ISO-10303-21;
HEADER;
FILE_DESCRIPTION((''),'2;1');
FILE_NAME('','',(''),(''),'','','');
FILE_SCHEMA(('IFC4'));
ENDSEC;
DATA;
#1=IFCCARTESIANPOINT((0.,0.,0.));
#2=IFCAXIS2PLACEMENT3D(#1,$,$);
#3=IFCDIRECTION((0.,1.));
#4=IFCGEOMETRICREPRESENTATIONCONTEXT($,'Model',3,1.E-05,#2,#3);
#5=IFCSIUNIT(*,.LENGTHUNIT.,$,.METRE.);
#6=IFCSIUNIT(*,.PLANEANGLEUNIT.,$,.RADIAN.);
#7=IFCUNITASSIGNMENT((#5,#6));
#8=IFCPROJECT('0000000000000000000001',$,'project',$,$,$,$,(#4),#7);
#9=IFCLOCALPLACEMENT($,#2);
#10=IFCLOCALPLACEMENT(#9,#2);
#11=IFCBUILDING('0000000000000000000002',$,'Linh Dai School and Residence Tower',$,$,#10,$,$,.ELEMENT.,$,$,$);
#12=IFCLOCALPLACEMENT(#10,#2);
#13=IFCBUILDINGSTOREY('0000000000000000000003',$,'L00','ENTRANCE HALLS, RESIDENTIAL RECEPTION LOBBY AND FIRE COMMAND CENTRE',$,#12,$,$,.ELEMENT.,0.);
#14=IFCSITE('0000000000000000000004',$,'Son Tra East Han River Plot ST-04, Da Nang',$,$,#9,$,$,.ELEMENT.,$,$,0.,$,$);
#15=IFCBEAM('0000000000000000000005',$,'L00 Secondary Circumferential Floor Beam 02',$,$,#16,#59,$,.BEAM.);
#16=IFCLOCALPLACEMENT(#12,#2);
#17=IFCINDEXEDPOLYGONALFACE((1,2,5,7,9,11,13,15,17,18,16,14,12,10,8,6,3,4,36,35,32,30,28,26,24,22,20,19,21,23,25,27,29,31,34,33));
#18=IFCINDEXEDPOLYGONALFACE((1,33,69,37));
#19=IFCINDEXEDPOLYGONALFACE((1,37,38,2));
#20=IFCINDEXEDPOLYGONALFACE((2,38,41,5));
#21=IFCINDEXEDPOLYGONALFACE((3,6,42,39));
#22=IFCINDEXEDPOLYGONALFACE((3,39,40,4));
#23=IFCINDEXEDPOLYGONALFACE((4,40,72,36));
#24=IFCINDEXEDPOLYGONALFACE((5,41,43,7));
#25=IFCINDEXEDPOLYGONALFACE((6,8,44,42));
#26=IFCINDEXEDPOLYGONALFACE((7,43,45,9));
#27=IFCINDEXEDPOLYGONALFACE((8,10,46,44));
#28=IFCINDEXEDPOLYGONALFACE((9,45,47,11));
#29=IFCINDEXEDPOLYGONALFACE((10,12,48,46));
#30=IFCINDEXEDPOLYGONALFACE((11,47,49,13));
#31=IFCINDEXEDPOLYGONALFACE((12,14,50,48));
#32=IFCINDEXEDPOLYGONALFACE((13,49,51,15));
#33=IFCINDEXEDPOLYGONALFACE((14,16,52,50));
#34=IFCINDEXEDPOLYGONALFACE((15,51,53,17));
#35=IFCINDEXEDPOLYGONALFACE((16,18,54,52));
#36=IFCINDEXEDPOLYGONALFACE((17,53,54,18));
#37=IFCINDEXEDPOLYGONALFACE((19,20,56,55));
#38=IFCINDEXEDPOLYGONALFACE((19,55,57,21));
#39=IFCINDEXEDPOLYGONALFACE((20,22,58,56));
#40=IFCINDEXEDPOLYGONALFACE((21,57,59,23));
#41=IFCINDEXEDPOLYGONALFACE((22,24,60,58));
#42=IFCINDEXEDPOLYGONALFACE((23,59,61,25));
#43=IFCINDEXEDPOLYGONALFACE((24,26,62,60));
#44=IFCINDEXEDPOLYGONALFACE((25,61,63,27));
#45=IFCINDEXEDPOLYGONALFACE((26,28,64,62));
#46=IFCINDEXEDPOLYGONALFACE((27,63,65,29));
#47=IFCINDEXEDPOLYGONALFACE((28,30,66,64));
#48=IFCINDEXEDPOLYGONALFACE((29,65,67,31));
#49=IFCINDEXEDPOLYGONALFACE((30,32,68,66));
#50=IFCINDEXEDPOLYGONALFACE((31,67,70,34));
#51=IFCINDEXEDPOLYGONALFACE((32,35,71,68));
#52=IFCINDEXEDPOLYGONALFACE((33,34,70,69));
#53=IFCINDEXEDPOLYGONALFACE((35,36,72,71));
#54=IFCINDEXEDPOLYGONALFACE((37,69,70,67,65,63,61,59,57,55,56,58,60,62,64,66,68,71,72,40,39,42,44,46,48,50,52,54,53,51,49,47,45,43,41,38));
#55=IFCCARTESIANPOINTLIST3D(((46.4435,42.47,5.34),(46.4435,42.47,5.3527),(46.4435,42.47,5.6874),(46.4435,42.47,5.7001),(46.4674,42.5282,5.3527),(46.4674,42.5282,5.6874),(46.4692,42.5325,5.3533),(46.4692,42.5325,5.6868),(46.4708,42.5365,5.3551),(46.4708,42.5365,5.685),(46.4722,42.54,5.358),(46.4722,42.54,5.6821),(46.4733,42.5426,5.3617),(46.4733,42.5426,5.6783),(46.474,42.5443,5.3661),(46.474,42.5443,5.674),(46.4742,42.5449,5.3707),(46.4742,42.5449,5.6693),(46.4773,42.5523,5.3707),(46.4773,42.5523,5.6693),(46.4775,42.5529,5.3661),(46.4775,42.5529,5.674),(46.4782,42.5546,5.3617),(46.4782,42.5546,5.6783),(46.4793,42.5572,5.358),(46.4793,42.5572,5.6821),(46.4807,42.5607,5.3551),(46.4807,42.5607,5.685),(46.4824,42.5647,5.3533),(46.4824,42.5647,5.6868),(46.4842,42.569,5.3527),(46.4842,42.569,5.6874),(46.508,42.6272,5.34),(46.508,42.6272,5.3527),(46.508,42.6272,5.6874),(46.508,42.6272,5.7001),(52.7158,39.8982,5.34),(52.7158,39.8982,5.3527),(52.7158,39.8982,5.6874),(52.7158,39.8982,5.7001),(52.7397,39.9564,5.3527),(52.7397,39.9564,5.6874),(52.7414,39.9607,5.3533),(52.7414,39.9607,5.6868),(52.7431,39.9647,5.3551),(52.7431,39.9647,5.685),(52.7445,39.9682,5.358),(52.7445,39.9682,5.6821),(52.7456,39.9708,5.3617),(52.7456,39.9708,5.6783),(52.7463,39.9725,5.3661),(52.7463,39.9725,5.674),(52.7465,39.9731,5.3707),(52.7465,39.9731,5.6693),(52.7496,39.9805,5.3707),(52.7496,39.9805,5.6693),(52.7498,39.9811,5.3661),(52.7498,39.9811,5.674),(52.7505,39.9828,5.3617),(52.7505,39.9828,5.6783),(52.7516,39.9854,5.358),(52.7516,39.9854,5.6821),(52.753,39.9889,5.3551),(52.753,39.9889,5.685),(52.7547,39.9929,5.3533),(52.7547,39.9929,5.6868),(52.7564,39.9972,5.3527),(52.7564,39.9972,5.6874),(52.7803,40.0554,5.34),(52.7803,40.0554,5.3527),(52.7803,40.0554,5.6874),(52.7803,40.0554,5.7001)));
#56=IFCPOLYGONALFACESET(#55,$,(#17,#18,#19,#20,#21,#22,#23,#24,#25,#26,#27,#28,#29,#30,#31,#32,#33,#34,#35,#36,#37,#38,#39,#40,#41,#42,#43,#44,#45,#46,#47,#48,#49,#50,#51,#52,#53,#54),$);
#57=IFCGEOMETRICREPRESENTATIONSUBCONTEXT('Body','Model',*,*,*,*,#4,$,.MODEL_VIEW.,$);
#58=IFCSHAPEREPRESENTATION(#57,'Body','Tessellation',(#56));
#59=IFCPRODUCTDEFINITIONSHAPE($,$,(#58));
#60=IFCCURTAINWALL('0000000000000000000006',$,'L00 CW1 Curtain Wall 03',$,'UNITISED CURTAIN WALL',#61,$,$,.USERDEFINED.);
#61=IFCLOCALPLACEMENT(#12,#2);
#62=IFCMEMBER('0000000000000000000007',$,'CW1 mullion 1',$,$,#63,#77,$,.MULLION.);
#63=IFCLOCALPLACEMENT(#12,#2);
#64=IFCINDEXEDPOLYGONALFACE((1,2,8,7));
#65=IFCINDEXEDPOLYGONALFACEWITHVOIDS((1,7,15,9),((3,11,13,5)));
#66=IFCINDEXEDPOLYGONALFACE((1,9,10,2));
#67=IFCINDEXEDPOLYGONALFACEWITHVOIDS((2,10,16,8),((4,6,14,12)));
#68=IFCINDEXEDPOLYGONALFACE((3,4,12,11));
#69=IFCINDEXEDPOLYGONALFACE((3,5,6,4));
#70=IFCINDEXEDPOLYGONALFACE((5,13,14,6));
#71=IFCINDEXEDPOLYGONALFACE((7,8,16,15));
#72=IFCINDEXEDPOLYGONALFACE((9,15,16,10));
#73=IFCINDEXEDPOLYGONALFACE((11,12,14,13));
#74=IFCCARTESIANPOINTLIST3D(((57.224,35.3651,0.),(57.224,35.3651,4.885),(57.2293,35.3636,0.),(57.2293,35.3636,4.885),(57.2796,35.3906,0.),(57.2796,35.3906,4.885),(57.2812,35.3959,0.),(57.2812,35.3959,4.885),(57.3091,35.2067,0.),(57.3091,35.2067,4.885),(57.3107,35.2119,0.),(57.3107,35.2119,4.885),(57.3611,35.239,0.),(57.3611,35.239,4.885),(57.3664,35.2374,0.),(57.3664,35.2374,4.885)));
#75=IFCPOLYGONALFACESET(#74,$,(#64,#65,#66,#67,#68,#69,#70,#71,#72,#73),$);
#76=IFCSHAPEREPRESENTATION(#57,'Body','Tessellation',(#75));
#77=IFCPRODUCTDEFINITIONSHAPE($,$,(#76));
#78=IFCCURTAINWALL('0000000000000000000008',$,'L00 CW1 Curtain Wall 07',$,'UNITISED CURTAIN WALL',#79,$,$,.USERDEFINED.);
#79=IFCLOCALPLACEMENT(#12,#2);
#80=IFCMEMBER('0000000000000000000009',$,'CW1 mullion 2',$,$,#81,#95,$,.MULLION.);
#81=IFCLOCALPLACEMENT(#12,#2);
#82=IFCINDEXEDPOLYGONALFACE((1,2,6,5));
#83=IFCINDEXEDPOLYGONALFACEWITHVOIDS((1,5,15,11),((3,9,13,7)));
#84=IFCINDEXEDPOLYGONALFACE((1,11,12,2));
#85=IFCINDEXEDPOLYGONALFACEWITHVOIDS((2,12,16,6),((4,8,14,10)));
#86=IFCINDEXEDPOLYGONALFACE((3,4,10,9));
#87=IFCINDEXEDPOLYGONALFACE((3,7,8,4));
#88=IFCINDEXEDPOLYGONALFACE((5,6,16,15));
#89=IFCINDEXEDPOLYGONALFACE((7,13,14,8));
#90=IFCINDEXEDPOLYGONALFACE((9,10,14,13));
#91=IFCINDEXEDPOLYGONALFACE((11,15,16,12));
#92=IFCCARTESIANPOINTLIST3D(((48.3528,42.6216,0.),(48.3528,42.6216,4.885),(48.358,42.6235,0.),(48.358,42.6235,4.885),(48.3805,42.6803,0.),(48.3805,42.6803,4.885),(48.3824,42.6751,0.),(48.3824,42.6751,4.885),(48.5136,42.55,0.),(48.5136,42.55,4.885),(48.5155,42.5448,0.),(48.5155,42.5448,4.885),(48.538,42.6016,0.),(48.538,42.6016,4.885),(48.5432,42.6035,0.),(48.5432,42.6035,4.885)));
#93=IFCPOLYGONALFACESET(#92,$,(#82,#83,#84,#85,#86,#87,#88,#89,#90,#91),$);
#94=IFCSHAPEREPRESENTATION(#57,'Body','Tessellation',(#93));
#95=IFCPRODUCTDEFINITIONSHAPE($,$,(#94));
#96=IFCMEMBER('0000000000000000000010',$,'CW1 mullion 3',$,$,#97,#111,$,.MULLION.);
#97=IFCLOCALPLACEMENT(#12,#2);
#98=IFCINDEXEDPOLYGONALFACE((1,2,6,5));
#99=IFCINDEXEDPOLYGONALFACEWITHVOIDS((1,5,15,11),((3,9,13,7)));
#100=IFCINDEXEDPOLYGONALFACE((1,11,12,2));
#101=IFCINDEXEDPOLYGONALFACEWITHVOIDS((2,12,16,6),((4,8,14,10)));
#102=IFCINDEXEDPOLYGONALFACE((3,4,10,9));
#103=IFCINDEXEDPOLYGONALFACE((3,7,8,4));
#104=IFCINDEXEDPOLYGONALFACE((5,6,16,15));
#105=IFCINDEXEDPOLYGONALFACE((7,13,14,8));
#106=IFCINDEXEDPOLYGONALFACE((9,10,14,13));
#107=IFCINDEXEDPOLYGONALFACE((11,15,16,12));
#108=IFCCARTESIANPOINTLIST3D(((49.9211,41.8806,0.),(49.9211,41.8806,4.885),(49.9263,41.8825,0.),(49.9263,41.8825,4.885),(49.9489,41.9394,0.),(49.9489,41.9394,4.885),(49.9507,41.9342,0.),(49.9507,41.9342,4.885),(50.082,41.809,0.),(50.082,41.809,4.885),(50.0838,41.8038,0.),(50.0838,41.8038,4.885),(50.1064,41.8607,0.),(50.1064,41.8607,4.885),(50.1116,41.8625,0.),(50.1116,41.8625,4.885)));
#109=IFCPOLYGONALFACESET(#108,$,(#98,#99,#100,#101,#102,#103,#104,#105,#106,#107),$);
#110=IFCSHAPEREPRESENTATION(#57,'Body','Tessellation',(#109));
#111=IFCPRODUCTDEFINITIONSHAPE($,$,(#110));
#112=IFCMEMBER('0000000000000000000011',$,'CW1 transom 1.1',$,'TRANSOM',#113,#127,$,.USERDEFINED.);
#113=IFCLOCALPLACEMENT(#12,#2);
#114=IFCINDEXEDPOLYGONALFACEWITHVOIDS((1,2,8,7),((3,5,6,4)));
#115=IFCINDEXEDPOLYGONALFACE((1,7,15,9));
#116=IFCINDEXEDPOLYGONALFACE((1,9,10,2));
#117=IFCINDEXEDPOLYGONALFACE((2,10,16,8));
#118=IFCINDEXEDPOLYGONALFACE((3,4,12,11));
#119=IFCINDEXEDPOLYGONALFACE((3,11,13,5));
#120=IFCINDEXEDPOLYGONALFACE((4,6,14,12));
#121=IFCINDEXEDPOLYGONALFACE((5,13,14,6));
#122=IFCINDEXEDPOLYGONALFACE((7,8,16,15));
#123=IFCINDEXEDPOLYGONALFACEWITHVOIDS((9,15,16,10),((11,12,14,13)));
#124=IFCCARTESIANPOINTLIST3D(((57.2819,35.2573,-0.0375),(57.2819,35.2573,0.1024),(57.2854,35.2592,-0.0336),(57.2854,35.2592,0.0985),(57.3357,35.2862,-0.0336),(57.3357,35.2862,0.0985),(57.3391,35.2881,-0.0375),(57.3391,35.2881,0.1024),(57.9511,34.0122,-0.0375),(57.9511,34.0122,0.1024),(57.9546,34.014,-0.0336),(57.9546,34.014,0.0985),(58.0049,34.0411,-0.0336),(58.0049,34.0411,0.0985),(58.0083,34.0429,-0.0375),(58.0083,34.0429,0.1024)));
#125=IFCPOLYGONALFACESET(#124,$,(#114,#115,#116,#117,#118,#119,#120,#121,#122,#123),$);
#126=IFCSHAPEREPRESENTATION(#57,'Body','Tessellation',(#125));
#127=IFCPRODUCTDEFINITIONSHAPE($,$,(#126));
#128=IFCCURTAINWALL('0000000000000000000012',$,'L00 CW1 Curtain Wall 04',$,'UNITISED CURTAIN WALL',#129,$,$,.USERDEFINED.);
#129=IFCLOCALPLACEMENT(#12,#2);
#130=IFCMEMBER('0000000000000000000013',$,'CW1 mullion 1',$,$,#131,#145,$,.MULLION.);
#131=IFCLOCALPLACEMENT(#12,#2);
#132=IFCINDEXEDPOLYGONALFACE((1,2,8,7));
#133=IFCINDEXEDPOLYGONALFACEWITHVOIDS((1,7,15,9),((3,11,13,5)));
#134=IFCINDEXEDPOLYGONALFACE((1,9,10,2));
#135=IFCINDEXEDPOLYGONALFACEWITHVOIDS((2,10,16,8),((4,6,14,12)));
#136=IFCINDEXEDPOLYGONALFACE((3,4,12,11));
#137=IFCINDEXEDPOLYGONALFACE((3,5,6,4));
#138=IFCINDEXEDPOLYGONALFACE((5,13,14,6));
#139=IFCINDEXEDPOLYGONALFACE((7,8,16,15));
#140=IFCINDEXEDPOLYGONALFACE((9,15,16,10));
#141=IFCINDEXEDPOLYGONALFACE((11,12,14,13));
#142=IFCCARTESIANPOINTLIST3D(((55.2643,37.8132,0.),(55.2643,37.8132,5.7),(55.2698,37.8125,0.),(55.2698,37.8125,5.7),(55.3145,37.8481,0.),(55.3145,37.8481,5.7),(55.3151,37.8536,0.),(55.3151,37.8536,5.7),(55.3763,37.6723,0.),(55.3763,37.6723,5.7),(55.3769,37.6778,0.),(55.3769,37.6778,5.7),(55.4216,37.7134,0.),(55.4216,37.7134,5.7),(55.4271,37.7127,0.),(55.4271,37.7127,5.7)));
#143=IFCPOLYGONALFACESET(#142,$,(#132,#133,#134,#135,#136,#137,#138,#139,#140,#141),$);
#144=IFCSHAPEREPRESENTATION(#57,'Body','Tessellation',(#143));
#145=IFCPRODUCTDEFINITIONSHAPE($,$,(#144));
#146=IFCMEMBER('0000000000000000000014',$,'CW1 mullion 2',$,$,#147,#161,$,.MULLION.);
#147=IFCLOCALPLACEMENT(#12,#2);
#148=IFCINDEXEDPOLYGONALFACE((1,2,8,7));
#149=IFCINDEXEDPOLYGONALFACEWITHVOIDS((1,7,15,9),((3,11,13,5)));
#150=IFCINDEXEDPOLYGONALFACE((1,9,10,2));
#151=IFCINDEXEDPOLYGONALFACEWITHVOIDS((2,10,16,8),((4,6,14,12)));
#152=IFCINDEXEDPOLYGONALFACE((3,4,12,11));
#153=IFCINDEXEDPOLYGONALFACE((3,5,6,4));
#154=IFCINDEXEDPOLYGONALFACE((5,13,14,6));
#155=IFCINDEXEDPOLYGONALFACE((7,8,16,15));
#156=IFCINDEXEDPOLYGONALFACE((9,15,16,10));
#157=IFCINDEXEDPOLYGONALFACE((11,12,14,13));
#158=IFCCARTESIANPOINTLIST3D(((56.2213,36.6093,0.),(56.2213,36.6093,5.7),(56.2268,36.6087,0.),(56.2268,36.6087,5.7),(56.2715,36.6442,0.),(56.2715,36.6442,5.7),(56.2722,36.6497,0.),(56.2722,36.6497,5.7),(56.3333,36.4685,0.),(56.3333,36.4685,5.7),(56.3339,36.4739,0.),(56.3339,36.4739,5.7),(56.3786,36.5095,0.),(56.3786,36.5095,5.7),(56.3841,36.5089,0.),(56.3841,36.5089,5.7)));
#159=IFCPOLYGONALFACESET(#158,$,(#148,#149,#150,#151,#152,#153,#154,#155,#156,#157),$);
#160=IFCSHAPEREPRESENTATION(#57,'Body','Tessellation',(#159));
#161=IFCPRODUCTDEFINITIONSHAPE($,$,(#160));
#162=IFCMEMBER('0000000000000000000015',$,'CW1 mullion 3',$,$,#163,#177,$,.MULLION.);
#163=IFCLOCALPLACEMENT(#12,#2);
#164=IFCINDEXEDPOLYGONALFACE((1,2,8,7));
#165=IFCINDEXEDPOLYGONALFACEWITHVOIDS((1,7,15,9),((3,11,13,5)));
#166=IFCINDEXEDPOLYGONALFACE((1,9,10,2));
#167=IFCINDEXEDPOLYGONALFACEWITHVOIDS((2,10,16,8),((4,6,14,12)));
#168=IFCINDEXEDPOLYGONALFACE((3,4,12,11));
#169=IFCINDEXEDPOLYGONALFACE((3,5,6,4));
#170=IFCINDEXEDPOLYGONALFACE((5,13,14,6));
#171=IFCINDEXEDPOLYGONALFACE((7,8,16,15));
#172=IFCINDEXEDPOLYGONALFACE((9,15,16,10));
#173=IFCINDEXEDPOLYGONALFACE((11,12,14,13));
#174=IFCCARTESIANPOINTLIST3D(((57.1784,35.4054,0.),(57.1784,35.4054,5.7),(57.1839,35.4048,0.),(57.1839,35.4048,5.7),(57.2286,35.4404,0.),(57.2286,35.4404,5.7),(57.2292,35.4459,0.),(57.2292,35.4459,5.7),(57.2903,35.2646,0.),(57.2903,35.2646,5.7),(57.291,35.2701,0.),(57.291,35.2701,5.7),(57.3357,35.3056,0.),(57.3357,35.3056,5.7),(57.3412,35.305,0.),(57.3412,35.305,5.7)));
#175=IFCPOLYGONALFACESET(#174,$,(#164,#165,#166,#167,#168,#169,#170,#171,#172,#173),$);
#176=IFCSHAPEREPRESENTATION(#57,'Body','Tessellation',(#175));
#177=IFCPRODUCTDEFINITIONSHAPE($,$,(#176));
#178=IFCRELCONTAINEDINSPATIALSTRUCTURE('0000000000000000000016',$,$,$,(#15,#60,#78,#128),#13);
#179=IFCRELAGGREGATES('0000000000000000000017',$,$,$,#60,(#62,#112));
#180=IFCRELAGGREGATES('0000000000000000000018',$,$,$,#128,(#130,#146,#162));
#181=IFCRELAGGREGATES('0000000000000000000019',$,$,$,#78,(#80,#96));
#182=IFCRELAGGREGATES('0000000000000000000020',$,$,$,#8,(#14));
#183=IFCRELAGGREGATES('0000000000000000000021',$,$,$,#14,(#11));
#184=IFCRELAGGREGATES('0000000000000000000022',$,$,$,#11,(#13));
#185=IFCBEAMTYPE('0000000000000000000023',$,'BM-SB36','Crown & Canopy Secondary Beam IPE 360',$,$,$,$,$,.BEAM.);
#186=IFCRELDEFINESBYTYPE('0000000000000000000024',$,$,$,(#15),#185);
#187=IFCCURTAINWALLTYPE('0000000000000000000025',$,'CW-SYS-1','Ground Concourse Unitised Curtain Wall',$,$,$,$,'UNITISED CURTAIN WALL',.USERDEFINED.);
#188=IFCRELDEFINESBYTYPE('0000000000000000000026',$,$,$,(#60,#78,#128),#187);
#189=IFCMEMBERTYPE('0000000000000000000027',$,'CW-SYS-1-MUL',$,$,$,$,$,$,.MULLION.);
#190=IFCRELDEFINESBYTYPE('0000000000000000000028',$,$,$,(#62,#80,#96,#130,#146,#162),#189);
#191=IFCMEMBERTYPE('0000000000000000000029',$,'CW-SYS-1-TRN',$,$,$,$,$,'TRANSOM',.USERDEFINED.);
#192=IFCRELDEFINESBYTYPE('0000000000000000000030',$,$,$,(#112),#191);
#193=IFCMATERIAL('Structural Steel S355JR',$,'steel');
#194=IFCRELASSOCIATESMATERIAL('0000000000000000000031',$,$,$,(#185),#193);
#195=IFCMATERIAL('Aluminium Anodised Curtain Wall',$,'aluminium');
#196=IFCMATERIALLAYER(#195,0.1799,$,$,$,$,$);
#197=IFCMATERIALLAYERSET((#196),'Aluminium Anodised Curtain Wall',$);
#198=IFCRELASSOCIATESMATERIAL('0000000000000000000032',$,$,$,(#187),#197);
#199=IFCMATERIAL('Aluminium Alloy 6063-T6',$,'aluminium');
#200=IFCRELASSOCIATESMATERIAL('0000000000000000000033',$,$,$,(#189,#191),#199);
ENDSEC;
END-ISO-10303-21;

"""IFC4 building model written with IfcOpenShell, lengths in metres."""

from ifc_helpers import new_model, si_unit, direction, frame, origin, origin_2d, place, context, subcontext, project, spatial, hollow_rectangle, i_section, extrude, source, transform, mapped, material, layer, layer_set, material_profile, profile_set, type_object, element, aggregate, save


model = new_model("IFC4")

# Units and contexts
model_context = context("Model", 3, precision=1e-05, world=origin(), true_north=direction((0.0, 1.0)))
body_context = subcontext(model_context, "Body", "Model", "MODEL_VIEW")
ifc_project = project(units=[si_unit("LENGTHUNIT", "METRE"), si_unit("PLANEANGLEUNIT", "RADIAN")], contexts=[model_context])

# Site, building, storey
site_placement = place(None, origin())
site = spatial("IfcSite", under=ifc_project, at=site_placement, Name="Son Tra East Han River Plot ST-04, Da Nang", CompositionType="ELEMENT", RefElevation=0.0)
building_placement = place(site_placement, origin())
building = spatial("IfcBuilding", under=site, at=building_placement, Name="Linh Dai School and Residence Tower", CompositionType="ELEMENT")
storey_placement = place(building_placement, origin())
storey = spatial("IfcBuildingStorey", under=building, at=storey_placement, Name="L00", Description="ENTRANCE HALLS, RESIDENTIAL RECEPTION LOBBY AND FIRE COMMAND CENTRE", CompositionType="ELEMENT", Elevation=0.0)

# Shared definitions
ifc_material_1 = material(Name="Structural Steel S355JR", Category="steel")

# Beam
ifc_material_profile_1 = material_profile(ifc_material_1, i_section(OverallWidth=0.1699, OverallDepth=0.3601, WebThickness=0.0081, FlangeThickness=0.0127, FilletRadius=0.0181, at=origin_2d()), Name="IPE 360")
ifc_profile_set_1 = profile_set([ifc_material_profile_1], Name="Structural Steel S355JR")
beam_type_1 = type_object("IfcBeamType", Name="BM-SB36", Description="Crown & Canopy Secondary Beam IPE 360", PredefinedType="BEAM", material=ifc_profile_set_1)
beam_1_placement = place(storey_placement, frame((52.748, 39.9768, 5.52), z_axis=(-0.925243, 0.379375, 0.0), x_axis=(-0.379375, -0.925243, 0.0)))
element("IfcBeam", 1, at=beam_1_placement, inside=storey, type_object=beam_type_1, Name="L00 Secondary Circumferential Floor Beam 02", PredefinedType="BEAM", context=body_context, shape_type="SweptSolid", body=[
    extrude(i_section(OverallWidth=0.1699, OverallDepth=0.3601, WebThickness=0.0081, FlangeThickness=0.0127, FilletRadius=0.0181, at=origin_2d()), origin(), (0.0, 0.0, 1.0), 6.7791),
])

# Curtain wall, member
ifc_material_2 = material(Name="Aluminium Anodised Curtain Wall", Category="aluminium")
ifc_layer_1 = layer(ifc_material_2, 0.1799)
ifc_layer_set_1 = layer_set([ifc_layer_1], Name="Aluminium Anodised Curtain Wall")
curtain_wall_type = type_object("IfcCurtainWallType", Name="CW-SYS-1", Description="Ground Concourse Unitised Curtain Wall", ElementType="UNITISED CURTAIN WALL", PredefinedType="USERDEFINED", material=ifc_layer_set_1)
curtain_wall_1_placement = place(storey_placement, origin())
curtain_wall_1 = element("IfcCurtainWall", 2, at=curtain_wall_1_placement, inside=storey, type_object=curtain_wall_type, Name="L00 CW1 Curtain Wall 03", ObjectType="UNITISED CURTAIN WALL", PredefinedType="USERDEFINED")
ifc_material_3 = material(Name="Aluminium Alloy 6063-T6", Category="aluminium")
ifc_material_profile_2 = material_profile(ifc_material_3, hollow_rectangle(XDim=0.0649, YDim=0.1799, WallThickness=0.0039, at=origin_2d()), Name="RHS 180x65x4")
ifc_profile_set_2 = profile_set([ifc_material_profile_2], Name="Aluminium Alloy 6063-T6")
member_type_1 = type_object("IfcMemberType", Name="CW-SYS-1-MUL", PredefinedType="MULLION", material=ifc_profile_set_2)
shared_shape_1 = source(origin(), body_context, "Body", "SweptSolid", [
    extrude(hollow_rectangle(XDim=0.0649, YDim=0.1799, WallThickness=0.0039, at=origin_2d()), origin(), (0.0, 0.0, 1.0), 4.885),
])
member_1_placement = place(storey_placement, frame((57.2952, 35.3013, 0.0), z_axis=(0.0, 0.0, 1.0), x_axis=(0.880872, 0.473355, 0.0)))
member_1 = element("IfcMember", 3, at=member_1_placement, type_object=member_type_1, Name="CW1 mullion 1", PredefinedType="MULLION", context=body_context, shape_type="MappedRepresentation", body=[
    mapped(shared_shape_1, transform((0.0, 0.0, 0.0), x_axis=(1.0, 0.0, 0.0), y_axis=(0.0, 1.0, 0.0), z_axis=(0.0, 0.0, 1.0), scale=1.0)),
])

# Curtain wall, members
curtain_wall_2_placement = place(storey_placement, origin())
curtain_wall_2 = element("IfcCurtainWall", 4, at=curtain_wall_2_placement, inside=storey, type_object=curtain_wall_type, Name="L00 CW1 Curtain Wall 07", ObjectType="UNITISED CURTAIN WALL", PredefinedType="USERDEFINED")
member_2_placement = place(storey_placement, frame((48.448, 42.6125, 0.0), z_axis=(0.0, 0.0, 1.0), x_axis=(0.427108, 0.904201, 0.0)))
member_2 = element("IfcMember", 5, at=member_2_placement, type_object=member_type_1, Name="CW1 mullion 2", PredefinedType="MULLION", context=body_context, shape_type="MappedRepresentation", body=[
    mapped(shared_shape_1, transform((0.0, 0.0, 0.0), x_axis=(1.0, 0.0, 0.0), y_axis=(0.0, 1.0, 0.0), z_axis=(0.0, 0.0, 1.0), scale=1.0)),
])
member_3_placement = place(storey_placement, frame((50.0164, 41.8716, 0.0), z_axis=(0.0, 0.0, 1.0), x_axis=(0.427108, 0.904201, 0.0)))
member_3 = element("IfcMember", 6, at=member_3_placement, type_object=member_type_1, Name="CW1 mullion 3", PredefinedType="MULLION", context=body_context, shape_type="MappedRepresentation", body=[
    mapped(shared_shape_1, transform((0.0, 0.0, 0.0), x_axis=(1.0, 0.0, 0.0), y_axis=(0.0, 1.0, 0.0), z_axis=(0.0, 0.0, 1.0), scale=1.0)),
])

# Member
ifc_material_profile_3 = material_profile(ifc_material_3, hollow_rectangle(XDim=0.0649, YDim=0.1399, WallThickness=0.0039, at=origin_2d()), Name="RHS 140x65x4")
ifc_profile_set_3 = profile_set([ifc_material_profile_3], Name="Aluminium Alloy 6063-T6")
member_type_2 = type_object("IfcMemberType", Name="CW-SYS-1-TRN", ElementType="TRANSOM", PredefinedType="USERDEFINED", material=ifc_profile_set_3)
shared_shape_2 = source(origin(), body_context, "Body", "SweptSolid", [
    extrude(hollow_rectangle(XDim=0.0649, YDim=0.1399, WallThickness=0.0039, at=origin_2d()), origin(), (0.0, 0.0, 1.0), 1.4136),
])
member_4_placement = place(storey_placement, frame((57.3105, 35.2727, 0.0325), z_axis=(0.47341, -0.880842, 0.0), x_axis=(0.880842, 0.47341, 0.0)))
member_4 = element("IfcMember", 7, at=member_4_placement, type_object=member_type_2, Name="CW1 transom 1.1", ObjectType="TRANSOM", PredefinedType="USERDEFINED", context=body_context, shape_type="MappedRepresentation", body=[
    mapped(shared_shape_2, transform((0.0, 0.0, 0.0), x_axis=(1.0, 0.0, 0.0), y_axis=(0.0, 1.0, 0.0), z_axis=(0.0, 0.0, 1.0), scale=1.0)),
])
aggregate(curtain_wall_1, [member_1, member_4])

# Curtain wall, members
curtain_wall_3_placement = place(storey_placement, origin())
curtain_wall_3 = element("IfcCurtainWall", 8, at=curtain_wall_3_placement, inside=storey, type_object=curtain_wall_type, Name="L00 CW1 Curtain Wall 04", ObjectType="UNITISED CURTAIN WALL", PredefinedType="USERDEFINED")
shared_shape_3 = source(origin(), body_context, "Body", "SweptSolid", [
    extrude(hollow_rectangle(XDim=0.0649, YDim=0.1799, WallThickness=0.0039, at=origin_2d()), origin(), (0.0, 0.0, 1.0), 5.7),
])
member_5_placement = place(storey_placement, frame((55.3457, 37.7629, 0.0), z_axis=(0.0, 0.0, 1.0), x_axis=(0.782773, 0.622308, 0.0)))
member_5 = element("IfcMember", 9, at=member_5_placement, type_object=member_type_1, Name="CW1 mullion 1", PredefinedType="MULLION", context=body_context, shape_type="MappedRepresentation", body=[
    mapped(shared_shape_3, transform((0.0, 0.0, 0.0), x_axis=(1.0, 0.0, 0.0), y_axis=(0.0, 1.0, 0.0), z_axis=(0.0, 0.0, 1.0), scale=1.0)),
])
member_6_placement = place(storey_placement, frame((56.3027, 36.5591, 0.0), z_axis=(0.0, 0.0, 1.0), x_axis=(0.782773, 0.622308, 0.0)))
member_6 = element("IfcMember", 10, at=member_6_placement, type_object=member_type_1, Name="CW1 mullion 2", PredefinedType="MULLION", context=body_context, shape_type="MappedRepresentation", body=[
    mapped(shared_shape_3, transform((0.0, 0.0, 0.0), x_axis=(1.0, 0.0, 0.0), y_axis=(0.0, 1.0, 0.0), z_axis=(0.0, 0.0, 1.0), scale=1.0)),
])
member_7_placement = place(storey_placement, frame((57.2598, 35.3552, 0.0), z_axis=(0.0, 0.0, 1.0), x_axis=(0.782773, 0.622308, 0.0)))
member_7 = element("IfcMember", 11, at=member_7_placement, type_object=member_type_1, Name="CW1 mullion 3", PredefinedType="MULLION", context=body_context, shape_type="MappedRepresentation", body=[
    mapped(shared_shape_3, transform((0.0, 0.0, 0.0), x_axis=(1.0, 0.0, 0.0), y_axis=(0.0, 1.0, 0.0), z_axis=(0.0, 0.0, 1.0), scale=1.0)),
])

aggregate(curtain_wall_3, [member_5, member_6, member_7])
aggregate(curtain_wall_2, [member_2, member_3])

save(model, "model.ifc")
